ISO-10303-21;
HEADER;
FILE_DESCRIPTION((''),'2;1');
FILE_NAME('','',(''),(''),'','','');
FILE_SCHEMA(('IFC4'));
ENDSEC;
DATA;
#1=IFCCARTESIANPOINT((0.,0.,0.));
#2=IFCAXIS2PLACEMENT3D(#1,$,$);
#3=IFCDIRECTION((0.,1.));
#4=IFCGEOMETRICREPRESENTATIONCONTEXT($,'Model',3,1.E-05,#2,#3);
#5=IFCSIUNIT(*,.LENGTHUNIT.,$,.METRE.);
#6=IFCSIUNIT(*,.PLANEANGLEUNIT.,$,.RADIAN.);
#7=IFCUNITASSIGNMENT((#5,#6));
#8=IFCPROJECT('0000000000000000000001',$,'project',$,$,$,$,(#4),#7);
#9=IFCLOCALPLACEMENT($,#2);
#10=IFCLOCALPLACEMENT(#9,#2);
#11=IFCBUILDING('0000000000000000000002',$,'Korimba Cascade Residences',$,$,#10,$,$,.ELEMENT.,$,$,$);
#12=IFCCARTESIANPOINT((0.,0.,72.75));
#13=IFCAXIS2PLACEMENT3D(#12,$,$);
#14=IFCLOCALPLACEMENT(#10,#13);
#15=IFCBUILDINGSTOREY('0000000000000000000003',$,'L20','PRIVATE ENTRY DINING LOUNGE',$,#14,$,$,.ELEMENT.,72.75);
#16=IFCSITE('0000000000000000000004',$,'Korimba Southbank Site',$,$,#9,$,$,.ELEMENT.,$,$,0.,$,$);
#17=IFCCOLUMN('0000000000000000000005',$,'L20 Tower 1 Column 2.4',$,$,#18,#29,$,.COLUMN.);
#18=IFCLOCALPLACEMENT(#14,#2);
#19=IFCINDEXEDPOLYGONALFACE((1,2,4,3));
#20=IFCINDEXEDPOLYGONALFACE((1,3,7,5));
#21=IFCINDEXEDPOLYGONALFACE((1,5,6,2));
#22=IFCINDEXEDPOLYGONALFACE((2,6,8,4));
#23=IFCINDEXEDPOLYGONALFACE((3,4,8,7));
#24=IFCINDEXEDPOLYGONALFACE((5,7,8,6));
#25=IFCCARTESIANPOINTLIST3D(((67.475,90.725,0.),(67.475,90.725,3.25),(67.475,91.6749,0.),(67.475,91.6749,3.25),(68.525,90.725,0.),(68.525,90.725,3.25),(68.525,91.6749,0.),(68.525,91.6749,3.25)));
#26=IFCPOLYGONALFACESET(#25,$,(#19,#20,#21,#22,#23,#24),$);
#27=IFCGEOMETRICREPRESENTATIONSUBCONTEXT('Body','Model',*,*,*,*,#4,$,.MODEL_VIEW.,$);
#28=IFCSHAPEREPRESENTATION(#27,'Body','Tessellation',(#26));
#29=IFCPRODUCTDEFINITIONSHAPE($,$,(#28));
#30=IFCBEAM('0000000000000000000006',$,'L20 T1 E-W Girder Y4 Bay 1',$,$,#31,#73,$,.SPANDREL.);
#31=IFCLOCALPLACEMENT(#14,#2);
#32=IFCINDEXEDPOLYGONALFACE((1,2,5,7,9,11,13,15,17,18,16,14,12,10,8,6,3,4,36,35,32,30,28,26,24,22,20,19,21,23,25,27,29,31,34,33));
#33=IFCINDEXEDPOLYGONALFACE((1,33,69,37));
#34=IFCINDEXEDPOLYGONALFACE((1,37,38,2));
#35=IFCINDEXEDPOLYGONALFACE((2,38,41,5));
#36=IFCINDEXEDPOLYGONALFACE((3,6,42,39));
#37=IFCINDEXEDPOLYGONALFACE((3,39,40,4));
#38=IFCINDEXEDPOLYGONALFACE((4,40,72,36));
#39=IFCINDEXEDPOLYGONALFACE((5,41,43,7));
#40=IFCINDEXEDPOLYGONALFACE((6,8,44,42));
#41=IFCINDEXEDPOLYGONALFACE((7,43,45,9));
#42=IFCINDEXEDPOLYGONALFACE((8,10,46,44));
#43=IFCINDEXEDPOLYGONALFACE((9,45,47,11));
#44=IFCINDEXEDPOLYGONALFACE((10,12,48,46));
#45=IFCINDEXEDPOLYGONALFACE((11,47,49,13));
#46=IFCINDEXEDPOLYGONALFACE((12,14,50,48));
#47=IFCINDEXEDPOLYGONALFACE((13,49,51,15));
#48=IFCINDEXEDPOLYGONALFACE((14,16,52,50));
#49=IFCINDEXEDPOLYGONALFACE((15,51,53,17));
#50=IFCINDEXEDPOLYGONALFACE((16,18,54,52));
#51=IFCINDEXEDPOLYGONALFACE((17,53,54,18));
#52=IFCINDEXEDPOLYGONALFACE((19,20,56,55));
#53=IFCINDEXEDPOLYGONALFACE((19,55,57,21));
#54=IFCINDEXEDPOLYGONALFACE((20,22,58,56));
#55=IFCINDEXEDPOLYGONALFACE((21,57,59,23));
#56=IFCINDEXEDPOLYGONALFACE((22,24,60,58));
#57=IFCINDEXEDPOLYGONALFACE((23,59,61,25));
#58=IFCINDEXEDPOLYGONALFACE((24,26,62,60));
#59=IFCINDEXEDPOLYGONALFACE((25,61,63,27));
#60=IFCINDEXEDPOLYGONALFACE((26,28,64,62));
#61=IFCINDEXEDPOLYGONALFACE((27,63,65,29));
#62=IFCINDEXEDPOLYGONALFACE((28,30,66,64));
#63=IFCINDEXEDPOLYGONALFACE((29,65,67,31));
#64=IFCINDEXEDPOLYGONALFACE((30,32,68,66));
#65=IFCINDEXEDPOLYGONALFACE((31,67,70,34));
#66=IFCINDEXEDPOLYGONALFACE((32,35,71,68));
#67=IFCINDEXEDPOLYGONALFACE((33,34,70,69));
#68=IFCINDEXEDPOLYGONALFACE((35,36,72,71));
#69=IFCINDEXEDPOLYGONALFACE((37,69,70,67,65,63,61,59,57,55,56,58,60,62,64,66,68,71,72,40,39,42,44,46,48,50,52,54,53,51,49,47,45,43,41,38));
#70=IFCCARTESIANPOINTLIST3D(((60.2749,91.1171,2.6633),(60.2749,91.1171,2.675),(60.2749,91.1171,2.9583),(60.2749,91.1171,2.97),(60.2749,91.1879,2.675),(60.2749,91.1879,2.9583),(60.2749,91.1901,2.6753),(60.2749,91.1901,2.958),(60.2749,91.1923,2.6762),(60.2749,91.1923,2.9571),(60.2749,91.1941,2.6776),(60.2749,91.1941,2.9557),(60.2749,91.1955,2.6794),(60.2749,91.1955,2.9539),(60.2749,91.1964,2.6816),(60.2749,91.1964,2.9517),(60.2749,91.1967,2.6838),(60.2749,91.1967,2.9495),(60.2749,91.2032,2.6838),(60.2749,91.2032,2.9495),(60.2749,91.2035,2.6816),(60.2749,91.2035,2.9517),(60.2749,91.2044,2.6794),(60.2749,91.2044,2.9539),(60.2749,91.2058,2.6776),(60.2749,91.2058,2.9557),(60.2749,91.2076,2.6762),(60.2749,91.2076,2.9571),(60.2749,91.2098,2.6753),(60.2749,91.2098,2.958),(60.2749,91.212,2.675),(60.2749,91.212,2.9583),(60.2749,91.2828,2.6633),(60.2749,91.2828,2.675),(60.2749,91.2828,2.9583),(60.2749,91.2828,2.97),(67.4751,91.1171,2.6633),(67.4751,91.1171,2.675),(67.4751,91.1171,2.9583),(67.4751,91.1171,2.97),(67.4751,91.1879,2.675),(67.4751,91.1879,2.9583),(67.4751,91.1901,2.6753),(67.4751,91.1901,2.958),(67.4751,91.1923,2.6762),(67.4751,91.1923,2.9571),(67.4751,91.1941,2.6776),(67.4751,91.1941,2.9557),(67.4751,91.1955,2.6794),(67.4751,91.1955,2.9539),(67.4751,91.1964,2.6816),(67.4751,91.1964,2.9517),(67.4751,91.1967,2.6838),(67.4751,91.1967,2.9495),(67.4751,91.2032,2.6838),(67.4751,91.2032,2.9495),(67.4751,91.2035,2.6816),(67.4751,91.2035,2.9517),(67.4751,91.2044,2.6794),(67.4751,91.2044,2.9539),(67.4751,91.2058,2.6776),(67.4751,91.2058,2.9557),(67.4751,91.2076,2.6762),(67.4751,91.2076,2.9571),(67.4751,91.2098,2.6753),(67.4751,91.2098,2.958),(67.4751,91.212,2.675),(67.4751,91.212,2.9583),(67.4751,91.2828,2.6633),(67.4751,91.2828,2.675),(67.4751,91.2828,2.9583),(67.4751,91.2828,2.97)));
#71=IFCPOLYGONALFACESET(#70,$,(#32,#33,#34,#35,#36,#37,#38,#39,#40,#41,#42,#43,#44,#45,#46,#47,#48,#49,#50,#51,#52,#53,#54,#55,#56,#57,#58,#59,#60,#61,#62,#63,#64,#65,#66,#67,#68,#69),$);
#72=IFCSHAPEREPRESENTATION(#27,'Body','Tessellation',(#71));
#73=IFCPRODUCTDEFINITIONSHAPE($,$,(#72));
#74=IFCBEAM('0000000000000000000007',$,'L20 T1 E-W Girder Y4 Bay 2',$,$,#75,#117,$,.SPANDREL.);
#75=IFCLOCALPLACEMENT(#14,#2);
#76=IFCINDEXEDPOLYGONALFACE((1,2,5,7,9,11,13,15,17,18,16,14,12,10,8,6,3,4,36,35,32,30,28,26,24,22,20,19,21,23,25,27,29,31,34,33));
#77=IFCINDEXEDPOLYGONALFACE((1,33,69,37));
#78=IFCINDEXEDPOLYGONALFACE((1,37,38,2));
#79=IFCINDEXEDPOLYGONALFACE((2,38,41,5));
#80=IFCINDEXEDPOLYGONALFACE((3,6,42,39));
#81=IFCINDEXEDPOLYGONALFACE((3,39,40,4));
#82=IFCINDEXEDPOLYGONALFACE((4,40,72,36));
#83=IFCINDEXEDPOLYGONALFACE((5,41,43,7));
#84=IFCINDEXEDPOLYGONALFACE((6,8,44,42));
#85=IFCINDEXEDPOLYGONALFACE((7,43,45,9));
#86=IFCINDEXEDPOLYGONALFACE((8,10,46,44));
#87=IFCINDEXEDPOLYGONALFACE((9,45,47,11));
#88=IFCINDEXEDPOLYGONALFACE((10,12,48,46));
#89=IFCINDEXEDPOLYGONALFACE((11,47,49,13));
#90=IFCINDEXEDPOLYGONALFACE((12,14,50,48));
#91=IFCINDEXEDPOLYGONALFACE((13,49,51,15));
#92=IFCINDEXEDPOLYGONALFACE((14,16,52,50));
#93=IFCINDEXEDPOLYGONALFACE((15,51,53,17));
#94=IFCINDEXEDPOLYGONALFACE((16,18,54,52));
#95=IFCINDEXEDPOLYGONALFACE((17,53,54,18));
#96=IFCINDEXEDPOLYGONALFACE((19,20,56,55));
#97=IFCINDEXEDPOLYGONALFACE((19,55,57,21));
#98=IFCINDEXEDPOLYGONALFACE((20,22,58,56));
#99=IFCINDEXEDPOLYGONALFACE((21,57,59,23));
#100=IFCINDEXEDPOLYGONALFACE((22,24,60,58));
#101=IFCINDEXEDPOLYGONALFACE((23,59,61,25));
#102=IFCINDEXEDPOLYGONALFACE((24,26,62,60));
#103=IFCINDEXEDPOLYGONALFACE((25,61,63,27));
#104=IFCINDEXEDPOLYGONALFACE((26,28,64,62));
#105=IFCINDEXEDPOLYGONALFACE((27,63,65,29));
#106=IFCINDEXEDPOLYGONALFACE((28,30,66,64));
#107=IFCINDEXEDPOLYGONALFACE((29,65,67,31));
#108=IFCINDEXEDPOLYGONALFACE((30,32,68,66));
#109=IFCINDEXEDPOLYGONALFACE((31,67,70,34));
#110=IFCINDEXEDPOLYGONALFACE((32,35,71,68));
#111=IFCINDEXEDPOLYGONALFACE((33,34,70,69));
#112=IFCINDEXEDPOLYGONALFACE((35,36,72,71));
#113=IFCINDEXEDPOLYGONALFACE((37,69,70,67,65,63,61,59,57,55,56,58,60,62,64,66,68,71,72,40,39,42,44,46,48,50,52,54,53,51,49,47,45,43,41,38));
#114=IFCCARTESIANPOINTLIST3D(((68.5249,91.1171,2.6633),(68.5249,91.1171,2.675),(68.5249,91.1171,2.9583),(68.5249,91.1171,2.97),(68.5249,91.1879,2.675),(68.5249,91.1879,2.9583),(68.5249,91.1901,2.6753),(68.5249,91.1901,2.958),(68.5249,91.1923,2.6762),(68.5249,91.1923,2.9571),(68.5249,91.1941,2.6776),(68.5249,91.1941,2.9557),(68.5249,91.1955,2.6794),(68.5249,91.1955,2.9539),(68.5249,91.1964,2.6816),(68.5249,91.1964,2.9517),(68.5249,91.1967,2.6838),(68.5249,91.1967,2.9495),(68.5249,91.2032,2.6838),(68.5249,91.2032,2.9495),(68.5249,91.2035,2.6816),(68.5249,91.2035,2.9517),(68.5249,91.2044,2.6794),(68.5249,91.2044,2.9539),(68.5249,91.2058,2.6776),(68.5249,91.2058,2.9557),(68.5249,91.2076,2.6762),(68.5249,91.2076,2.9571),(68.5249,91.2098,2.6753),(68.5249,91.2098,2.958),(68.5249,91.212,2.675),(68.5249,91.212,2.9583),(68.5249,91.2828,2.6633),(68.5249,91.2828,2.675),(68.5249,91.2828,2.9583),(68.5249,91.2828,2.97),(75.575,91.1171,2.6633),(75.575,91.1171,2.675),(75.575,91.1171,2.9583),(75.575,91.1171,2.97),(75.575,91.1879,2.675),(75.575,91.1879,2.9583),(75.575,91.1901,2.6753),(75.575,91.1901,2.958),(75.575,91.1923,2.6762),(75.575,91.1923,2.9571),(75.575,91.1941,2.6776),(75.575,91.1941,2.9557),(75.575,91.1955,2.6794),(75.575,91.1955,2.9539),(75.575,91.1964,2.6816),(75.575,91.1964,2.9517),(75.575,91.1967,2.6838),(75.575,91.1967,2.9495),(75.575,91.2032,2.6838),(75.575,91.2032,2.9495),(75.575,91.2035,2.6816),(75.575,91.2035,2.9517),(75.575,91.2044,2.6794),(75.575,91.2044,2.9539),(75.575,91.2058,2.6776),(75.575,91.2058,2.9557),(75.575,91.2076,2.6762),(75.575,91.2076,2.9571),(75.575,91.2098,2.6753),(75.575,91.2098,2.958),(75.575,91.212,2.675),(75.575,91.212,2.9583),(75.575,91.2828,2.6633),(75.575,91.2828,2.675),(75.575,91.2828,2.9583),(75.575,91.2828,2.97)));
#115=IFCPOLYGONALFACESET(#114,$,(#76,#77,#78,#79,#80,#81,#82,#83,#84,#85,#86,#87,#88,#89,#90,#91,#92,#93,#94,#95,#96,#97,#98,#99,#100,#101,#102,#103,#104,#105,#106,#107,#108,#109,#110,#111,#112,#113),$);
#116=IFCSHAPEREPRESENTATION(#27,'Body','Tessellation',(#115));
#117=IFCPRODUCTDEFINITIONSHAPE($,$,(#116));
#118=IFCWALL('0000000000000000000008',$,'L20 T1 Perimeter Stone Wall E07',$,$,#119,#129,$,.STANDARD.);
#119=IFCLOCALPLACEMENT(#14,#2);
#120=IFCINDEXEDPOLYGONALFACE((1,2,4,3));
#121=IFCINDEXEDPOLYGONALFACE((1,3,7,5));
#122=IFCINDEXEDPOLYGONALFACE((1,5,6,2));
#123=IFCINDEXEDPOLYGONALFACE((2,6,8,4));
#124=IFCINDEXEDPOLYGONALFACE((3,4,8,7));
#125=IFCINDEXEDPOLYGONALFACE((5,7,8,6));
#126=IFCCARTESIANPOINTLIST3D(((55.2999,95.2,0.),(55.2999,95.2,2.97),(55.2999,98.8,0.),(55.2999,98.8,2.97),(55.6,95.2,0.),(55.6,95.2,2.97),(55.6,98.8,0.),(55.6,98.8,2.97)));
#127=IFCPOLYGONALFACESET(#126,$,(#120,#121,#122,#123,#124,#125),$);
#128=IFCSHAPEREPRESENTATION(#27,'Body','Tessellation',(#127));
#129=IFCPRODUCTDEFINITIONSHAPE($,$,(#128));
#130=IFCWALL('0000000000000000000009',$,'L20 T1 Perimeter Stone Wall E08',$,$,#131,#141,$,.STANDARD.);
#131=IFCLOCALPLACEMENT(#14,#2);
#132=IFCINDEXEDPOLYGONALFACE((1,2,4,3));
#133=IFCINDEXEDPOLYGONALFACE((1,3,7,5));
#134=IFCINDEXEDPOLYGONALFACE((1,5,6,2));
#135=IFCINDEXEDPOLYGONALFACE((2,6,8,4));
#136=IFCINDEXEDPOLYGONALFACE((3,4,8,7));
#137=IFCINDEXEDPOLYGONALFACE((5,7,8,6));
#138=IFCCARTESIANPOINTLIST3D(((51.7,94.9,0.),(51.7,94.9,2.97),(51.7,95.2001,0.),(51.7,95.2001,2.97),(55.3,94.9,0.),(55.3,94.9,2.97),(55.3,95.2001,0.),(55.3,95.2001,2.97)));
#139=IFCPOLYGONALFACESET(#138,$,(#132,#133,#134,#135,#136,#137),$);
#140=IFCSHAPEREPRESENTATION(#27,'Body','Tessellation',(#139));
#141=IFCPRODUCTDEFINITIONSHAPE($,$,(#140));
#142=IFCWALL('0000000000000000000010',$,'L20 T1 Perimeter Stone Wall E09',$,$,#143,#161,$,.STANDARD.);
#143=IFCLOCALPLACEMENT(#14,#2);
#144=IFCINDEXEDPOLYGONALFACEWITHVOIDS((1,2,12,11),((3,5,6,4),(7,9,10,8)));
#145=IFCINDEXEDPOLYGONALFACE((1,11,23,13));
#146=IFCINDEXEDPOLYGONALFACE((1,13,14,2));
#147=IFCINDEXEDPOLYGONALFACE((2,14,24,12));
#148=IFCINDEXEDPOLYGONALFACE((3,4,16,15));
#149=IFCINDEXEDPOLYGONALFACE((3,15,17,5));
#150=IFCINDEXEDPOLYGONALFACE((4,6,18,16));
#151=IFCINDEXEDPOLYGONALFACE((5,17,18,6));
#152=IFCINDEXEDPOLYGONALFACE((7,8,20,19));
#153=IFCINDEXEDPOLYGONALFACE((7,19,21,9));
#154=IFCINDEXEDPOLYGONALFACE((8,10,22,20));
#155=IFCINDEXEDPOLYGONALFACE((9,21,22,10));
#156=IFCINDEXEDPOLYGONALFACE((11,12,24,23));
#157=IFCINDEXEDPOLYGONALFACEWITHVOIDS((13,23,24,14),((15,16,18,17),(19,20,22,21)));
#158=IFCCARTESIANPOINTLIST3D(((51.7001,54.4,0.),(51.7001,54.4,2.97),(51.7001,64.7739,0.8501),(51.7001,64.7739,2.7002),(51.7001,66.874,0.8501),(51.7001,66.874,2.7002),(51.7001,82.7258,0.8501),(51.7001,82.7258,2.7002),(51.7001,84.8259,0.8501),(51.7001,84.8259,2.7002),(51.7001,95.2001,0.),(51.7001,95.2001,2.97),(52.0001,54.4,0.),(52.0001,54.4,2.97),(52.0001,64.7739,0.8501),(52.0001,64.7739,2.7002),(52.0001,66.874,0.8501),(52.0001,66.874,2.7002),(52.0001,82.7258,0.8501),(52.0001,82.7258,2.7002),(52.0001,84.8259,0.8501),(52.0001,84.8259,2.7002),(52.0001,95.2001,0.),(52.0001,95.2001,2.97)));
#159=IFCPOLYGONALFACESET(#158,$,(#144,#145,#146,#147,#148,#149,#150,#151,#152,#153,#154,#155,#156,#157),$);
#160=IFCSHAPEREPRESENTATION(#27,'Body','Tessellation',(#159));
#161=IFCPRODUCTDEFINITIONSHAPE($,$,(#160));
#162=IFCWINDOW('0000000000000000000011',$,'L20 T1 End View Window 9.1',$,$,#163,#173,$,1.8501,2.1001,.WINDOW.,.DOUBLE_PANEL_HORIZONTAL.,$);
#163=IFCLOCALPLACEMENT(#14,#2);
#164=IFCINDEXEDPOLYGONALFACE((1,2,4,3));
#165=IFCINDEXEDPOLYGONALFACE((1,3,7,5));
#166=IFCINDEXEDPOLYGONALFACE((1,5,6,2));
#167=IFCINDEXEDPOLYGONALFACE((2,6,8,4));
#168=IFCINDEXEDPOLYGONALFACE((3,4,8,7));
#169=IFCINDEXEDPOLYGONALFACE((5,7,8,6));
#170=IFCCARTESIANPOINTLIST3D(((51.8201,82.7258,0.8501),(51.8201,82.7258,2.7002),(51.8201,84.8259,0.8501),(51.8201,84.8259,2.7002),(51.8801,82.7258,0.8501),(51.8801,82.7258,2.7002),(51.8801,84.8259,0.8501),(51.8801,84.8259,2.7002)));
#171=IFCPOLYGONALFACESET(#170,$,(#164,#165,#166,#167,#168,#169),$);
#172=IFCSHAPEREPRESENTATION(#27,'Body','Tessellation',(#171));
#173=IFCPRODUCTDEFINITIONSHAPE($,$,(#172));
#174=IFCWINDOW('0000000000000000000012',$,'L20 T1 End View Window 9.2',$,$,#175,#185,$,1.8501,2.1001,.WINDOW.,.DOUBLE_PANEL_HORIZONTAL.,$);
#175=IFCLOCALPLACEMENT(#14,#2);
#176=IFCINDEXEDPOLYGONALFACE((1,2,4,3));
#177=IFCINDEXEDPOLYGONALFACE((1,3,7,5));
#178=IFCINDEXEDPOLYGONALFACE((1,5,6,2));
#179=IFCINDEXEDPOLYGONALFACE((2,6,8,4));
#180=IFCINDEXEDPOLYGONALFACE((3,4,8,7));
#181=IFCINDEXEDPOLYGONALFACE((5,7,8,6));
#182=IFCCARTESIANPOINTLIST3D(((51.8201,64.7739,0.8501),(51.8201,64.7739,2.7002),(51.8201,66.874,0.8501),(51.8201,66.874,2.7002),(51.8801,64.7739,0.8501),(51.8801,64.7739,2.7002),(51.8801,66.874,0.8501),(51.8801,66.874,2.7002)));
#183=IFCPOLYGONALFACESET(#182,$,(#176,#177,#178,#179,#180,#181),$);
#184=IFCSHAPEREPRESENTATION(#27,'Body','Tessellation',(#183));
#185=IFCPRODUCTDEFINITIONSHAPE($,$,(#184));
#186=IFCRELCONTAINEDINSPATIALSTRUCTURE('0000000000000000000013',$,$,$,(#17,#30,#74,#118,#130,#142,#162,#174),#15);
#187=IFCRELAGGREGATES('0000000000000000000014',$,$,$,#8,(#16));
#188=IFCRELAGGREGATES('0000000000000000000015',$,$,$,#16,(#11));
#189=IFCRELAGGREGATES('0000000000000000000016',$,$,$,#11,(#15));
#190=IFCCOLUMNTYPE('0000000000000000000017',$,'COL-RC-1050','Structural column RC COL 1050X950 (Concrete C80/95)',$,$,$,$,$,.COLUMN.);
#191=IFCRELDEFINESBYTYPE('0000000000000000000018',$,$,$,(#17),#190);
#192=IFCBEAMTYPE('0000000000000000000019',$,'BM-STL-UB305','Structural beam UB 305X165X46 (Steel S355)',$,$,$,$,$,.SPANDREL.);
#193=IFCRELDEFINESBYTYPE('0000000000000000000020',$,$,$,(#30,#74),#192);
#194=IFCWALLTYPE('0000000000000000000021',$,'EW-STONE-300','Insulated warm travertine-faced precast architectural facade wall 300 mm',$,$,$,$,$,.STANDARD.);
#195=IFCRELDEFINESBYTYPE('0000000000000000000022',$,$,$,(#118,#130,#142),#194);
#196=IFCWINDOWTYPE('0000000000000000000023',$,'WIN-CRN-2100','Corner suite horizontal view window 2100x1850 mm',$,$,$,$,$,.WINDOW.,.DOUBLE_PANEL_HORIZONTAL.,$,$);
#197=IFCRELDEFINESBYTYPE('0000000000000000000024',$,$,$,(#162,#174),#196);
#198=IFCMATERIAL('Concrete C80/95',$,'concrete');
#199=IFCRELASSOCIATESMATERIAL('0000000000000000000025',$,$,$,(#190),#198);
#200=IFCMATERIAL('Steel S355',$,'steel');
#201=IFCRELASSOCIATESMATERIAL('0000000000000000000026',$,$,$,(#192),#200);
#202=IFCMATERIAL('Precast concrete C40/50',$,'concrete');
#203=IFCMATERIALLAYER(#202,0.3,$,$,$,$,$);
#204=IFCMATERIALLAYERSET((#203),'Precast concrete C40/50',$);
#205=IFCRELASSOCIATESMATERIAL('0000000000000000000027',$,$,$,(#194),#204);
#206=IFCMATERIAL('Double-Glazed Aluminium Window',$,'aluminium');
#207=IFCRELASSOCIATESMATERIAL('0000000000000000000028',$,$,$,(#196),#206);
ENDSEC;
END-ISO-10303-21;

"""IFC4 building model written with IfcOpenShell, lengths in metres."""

from ifc_helpers import new_model, si_unit, direction, frame, frame_2d, origin, origin_2d, place, context, subcontext, project, spatial, rectangle, i_section, extrude, material, layer, layer_set, material_profile, profile_set, type_object, element, fill, save


model = new_model("IFC4")

# Units and contexts
model_context = context("Model", 3, precision=1e-05, world=origin(), true_north=direction((0.0, 1.0)))
body_context = subcontext(model_context, "Body", "Model", "MODEL_VIEW")
ifc_project = project(units=[si_unit("LENGTHUNIT", "METRE"), si_unit("PLANEANGLEUNIT", "RADIAN")], contexts=[model_context])

# Site, building, storey
site_placement = place(None, origin())
site = spatial("IfcSite", under=ifc_project, at=site_placement, Name="Korimba Southbank Site", CompositionType="ELEMENT", RefElevation=0.0)
building_placement = place(site_placement, origin())
building = spatial("IfcBuilding", under=site, at=building_placement, Name="Korimba Cascade Residences", CompositionType="ELEMENT")
storey_placement = place(building_placement, frame((0.0, 0.0, 72.75)))
storey = spatial("IfcBuildingStorey", under=building, at=storey_placement, Name="L20", Description="PRIVATE ENTRY DINING LOUNGE", CompositionType="ELEMENT", Elevation=72.75)

# Column
ifc_material_1 = material(Name="Concrete C80/95", Category="concrete")
ifc_material_profile_1 = material_profile(ifc_material_1, rectangle(XDim=1.05, YDim=0.95, at=origin_2d()), Name="Concrete C80/95")
ifc_profile_set_1 = profile_set([ifc_material_profile_1], Name="Concrete C80/95")
column_type = type_object("IfcColumnType", Name="COL-RC-1050", Description="Structural column RC COL 1050X950 (Concrete C80/95)", PredefinedType="COLUMN", material=ifc_profile_set_1)
column_placement = place(storey_placement, frame((68.0, 91.2, 0.0), z_axis=(0.0, 0.0, 1.0), x_axis=(1.0, 0.0, 0.0)))
element("IfcColumn", 1, at=column_placement, inside=storey, type_object=column_type, Name="L20 Tower 1 Column 2.4", PredefinedType="COLUMN", context=body_context, shape_type="SweptSolid", body=[
    extrude(rectangle(XDim=1.05, YDim=0.95, at=origin_2d()), origin(), (0.0, 0.0, 1.0), 3.25),
])

# Beams
ifc_material_2 = material(Name="Steel S355", Category="steel")
ifc_material_profile_2 = material_profile(ifc_material_2, i_section(OverallWidth=0.1658, OverallDepth=0.3066, WebThickness=0.0066, FlangeThickness=0.0117, FilletRadius=0.0088, at=origin_2d()), Name="Steel S355")
ifc_profile_set_2 = profile_set([ifc_material_profile_2], Name="Steel S355")
beam_type = type_object("IfcBeamType", Name="BM-STL-UB305", Description="Structural beam UB 305X165X46 (Steel S355)", PredefinedType="SPANDREL", material=ifc_profile_set_2)
beam_1_placement = place(storey_placement, frame((60.2749, 91.2, 2.8167), z_axis=(1.0, 0.0, 0.0), x_axis=(0.0, 1.0, 0.0)))
element("IfcBeam", 2, at=beam_1_placement, inside=storey, type_object=beam_type, Name="L20 T1 E-W Girder Y4 Bay 1", PredefinedType="SPANDREL", context=body_context, shape_type="SweptSolid", body=[
    extrude(i_section(OverallWidth=0.1658, OverallDepth=0.3066, WebThickness=0.0066, FlangeThickness=0.0117, FilletRadius=0.0088, at=origin_2d()), origin(), (0.0, 0.0, 1.0), 7.2002),
])
beam_2_placement = place(storey_placement, frame((68.5249, 91.2, 2.8167), z_axis=(1.0, 0.0, 0.0), x_axis=(0.0, 1.0, 0.0)))
element("IfcBeam", 3, at=beam_2_placement, inside=storey, type_object=beam_type, Name="L20 T1 E-W Girder Y4 Bay 2", PredefinedType="SPANDREL", context=body_context, shape_type="SweptSolid", body=[
    extrude(i_section(OverallWidth=0.1658, OverallDepth=0.3066, WebThickness=0.0066, FlangeThickness=0.0117, FilletRadius=0.0088, at=origin_2d()), origin(), (0.0, 0.0, 1.0), 7.05),
])

# Walls
ifc_material_3 = material(Name="Precast concrete C40/50", Category="concrete")
ifc_layer_1 = layer(ifc_material_3, 0.3)
ifc_layer_set_1 = layer_set([ifc_layer_1], Name="Precast concrete C40/50")
wall_type_1 = type_object("IfcWallType", Name="EW-STONE-300", Description="Insulated warm travertine-faced precast architectural facade wall 300 mm", PredefinedType="STANDARD", material=ifc_layer_set_1)
for number, where, z_axis, x_axis, name in (
    (4, (55.45, 98.8, 0.0), (0.0, 0.0, 1.0), (0.0, -1.0, 0.0), "L20 T1 Perimeter Stone Wall E07"),
    (5, (55.3, 95.05, 0.0), (0.0, 0.0, 1.0), (-1.0, 0.0, 0.0), "L20 T1 Perimeter Stone Wall E08"),
):
    element("IfcWall", number, at=place(storey_placement, frame(where, z_axis=z_axis, x_axis=x_axis)), inside=storey, type_object=wall_type_1, Name=name, PredefinedType="STANDARD", context=body_context, shape_type="SweptSolid", body=[
        extrude(rectangle(XDim=3.6001, YDim=0.3, at=frame_2d((1.8, 0.0))), origin(), (0.0, 0.0, 1.0), 2.97),
    ])

# Wall, openings, windows
wall_1_placement = place(storey_placement, frame((51.8501, 95.2, 0.0), z_axis=(0.0, 0.0, 1.0), x_axis=(0.0, -1.0, 0.0)))
wall_1 = element("IfcWall", 6, at=wall_1_placement, inside=storey, type_object=wall_type_1, Name="L20 T1 Perimeter Stone Wall E09", PredefinedType="STANDARD", context=body_context, shape_type="SweptSolid", body=[
    extrude(rectangle(XDim=40.8, YDim=0.3, at=frame_2d((20.3999, 0.0))), origin(), (0.0, 0.0, 1.0), 2.97),
])
opening_1_placement = place(wall_1_placement, frame((10.374, 0.0, 0.8501)))
opening_1 = element("IfcOpeningElement", 7, at=opening_1_placement, cuts=wall_1, PredefinedType="OPENING", context=body_context, shape_type="SweptSolid", body=[
    extrude(rectangle(XDim=2.1001, YDim=1.8501, at=frame_2d((1.05, 0.925))), frame((0.0, 0.1602, 0.0), z_axis=(0.0, -1.0, 0.0), x_axis=(1.0, 0.0, 0.0)), (0.0, 0.0, 1.0), 0.3201),
])
opening_2_placement = place(wall_1_placement, frame((28.3259, 0.0, 0.8501)))
opening_2 = element("IfcOpeningElement", 8, at=opening_2_placement, cuts=wall_1, PredefinedType="OPENING", context=body_context, shape_type="SweptSolid", body=[
    extrude(rectangle(XDim=2.1001, YDim=1.8501, at=frame_2d((1.05, 0.925))), frame((0.0, 0.1602, 0.0), z_axis=(0.0, -1.0, 0.0), x_axis=(1.0, 0.0, 0.0)), (0.0, 0.0, 1.0), 0.3201),
])
ifc_material_4 = material(Name="Double-Glazed Aluminium Window", Category="aluminium")
window_type = type_object("IfcWindowType", Name="WIN-CRN-2100", Description="Corner suite horizontal view window 2100x1850 mm", PartitioningType="DOUBLE_PANEL_HORIZONTAL", PredefinedType="WINDOW", material=ifc_material_4)
window_1_placement = place(opening_1_placement, origin())
window_1 = element("IfcWindow", 9, at=window_1_placement, inside=storey, type_object=window_type, Name="L20 T1 End View Window 9.1", OverallHeight=1.8501, OverallWidth=2.1001, PartitioningType="DOUBLE_PANEL_HORIZONTAL", PredefinedType="WINDOW", context=body_context, shape_type="SweptSolid", body=[
    extrude(rectangle(XDim=2.1001, YDim=1.8501, at=frame_2d((1.05, 0.925))), frame((0.0, 0.03, 0.0), z_axis=(0.0, -1.0, 0.0), x_axis=(1.0, 0.0, 0.0)), (0.0, 0.0, 1.0), 0.0601),
])
fill(opening_1, window_1)
window_2_placement = place(opening_2_placement, origin())
window_2 = element("IfcWindow", 10, at=window_2_placement, inside=storey, type_object=window_type, Name="L20 T1 End View Window 9.2", OverallHeight=1.8501, OverallWidth=2.1001, PartitioningType="DOUBLE_PANEL_HORIZONTAL", PredefinedType="WINDOW", context=body_context, shape_type="SweptSolid", body=[
    extrude(rectangle(XDim=2.1001, YDim=1.8501, at=frame_2d((1.05, 0.925))), frame((0.0, 0.03, 0.0), z_axis=(0.0, -1.0, 0.0), x_axis=(1.0, 0.0, 0.0)), (0.0, 0.0, 1.0), 0.0601),
])
fill(opening_2, window_2)

save(model, "model.ifc")
